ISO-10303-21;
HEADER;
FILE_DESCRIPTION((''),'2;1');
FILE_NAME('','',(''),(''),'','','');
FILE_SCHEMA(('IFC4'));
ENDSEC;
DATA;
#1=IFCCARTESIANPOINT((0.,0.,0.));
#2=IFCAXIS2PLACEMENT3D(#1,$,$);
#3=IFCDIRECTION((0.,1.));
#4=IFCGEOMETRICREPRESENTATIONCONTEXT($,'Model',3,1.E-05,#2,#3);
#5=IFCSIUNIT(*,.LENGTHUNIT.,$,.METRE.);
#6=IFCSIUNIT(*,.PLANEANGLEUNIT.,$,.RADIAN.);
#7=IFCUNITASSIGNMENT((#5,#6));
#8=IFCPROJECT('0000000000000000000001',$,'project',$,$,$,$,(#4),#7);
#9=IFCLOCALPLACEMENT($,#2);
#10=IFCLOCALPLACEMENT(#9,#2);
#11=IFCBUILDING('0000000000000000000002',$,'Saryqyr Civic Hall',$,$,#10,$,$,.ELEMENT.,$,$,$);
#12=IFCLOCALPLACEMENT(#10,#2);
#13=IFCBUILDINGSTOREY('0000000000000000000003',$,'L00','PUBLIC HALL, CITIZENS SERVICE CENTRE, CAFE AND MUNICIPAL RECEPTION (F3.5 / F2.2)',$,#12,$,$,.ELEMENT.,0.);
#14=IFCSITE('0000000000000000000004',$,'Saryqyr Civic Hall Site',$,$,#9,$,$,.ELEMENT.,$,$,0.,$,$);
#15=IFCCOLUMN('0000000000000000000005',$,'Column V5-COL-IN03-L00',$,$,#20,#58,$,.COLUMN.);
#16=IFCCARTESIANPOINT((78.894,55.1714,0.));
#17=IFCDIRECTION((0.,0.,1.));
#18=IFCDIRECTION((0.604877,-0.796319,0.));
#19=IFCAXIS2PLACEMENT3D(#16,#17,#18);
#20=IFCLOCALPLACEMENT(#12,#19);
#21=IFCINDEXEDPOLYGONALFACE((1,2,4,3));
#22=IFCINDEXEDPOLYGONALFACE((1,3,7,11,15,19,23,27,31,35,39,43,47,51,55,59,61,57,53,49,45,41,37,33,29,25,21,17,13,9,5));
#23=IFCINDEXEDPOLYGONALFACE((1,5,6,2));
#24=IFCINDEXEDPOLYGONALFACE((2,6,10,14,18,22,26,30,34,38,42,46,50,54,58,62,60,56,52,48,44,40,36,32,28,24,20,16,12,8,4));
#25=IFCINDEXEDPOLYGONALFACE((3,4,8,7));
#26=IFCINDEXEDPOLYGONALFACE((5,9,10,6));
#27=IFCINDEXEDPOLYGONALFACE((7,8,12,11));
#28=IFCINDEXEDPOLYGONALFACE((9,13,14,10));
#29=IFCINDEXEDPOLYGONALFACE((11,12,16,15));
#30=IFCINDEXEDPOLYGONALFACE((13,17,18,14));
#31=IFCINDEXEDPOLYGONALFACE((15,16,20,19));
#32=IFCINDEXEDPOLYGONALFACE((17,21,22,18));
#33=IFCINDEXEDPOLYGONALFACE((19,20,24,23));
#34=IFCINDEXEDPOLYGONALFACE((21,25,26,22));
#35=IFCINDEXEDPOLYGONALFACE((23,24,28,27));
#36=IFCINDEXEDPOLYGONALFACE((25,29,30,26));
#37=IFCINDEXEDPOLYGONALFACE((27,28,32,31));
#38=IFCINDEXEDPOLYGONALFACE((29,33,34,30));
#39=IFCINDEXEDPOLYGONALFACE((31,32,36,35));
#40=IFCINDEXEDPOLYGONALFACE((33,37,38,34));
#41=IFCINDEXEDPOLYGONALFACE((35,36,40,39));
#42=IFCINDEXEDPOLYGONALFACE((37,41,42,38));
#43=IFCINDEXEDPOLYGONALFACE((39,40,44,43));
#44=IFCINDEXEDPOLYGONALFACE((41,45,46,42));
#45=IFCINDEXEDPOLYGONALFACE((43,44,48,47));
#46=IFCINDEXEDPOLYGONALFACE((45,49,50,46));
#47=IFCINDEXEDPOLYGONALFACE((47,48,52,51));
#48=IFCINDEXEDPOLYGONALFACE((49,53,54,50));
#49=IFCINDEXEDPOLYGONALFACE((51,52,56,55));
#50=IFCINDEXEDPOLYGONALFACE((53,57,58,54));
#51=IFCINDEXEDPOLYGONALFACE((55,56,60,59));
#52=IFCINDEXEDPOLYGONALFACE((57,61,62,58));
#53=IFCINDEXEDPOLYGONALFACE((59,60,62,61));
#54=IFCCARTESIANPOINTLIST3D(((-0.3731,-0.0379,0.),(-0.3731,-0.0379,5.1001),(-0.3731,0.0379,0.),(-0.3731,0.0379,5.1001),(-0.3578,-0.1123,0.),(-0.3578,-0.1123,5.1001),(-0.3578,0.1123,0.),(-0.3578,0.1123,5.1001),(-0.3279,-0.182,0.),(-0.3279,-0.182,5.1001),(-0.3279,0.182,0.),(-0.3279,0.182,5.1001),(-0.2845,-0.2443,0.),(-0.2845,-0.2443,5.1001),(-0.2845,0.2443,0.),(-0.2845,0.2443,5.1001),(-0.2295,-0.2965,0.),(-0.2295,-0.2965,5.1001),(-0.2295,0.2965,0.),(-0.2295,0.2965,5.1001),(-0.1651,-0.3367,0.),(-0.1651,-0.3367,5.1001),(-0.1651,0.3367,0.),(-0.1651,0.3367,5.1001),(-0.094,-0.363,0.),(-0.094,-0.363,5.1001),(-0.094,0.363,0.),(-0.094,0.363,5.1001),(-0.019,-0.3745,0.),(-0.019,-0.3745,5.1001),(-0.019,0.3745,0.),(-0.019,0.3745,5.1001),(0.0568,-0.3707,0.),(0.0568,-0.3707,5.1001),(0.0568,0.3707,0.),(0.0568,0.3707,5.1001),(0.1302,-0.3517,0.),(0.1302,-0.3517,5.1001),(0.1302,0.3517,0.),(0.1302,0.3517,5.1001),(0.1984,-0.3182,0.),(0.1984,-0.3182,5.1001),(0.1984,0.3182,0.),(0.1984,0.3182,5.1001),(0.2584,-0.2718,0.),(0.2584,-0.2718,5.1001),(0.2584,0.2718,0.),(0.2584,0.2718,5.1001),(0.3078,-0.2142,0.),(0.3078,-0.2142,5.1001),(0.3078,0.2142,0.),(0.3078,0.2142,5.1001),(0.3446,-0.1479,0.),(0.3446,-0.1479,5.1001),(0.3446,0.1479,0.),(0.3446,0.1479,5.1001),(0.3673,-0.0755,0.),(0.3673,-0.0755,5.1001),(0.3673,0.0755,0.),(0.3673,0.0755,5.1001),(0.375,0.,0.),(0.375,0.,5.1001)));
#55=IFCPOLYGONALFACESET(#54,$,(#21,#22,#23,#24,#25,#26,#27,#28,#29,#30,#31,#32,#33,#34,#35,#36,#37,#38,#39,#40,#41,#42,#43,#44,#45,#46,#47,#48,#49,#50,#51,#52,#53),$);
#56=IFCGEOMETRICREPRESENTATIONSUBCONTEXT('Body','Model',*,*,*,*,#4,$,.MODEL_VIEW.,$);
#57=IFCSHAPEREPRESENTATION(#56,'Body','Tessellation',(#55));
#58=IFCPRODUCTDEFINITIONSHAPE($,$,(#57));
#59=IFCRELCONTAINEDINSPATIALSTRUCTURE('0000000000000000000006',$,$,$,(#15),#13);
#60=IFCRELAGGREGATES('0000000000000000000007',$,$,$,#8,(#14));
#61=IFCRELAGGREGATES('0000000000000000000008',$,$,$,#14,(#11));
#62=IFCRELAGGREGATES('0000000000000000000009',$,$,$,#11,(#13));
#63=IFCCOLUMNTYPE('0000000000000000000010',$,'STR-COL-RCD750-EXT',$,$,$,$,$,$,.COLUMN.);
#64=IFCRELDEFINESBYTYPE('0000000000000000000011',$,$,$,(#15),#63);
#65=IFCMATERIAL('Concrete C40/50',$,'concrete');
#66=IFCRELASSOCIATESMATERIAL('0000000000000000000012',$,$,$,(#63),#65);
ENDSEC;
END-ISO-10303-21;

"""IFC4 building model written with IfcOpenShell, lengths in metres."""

from ifc_helpers import new_model, si_unit, direction, frame, origin, origin_2d, place, context, subcontext, project, spatial, circle, extrude, material, material_profile, profile_set, type_object, element, save


model = new_model("IFC4")

# Units and contexts
model_context = context("Model", 3, precision=1e-05, world=origin(), true_north=direction((0.0, 1.0)))
body_context = subcontext(model_context, "Body", "Model", "MODEL_VIEW")
ifc_project = project(units=[si_unit("LENGTHUNIT", "METRE"), si_unit("PLANEANGLEUNIT", "RADIAN")], contexts=[model_context])

# Site, building, storey
site_placement = place(None, origin())
site = spatial("IfcSite", under=ifc_project, at=site_placement, Name="Saryqyr Civic Hall Site", CompositionType="ELEMENT", RefElevation=0.0)
building_placement = place(site_placement, origin())
building = spatial("IfcBuilding", under=site, at=building_placement, Name="Saryqyr Civic Hall", CompositionType="ELEMENT")
storey_placement = place(building_placement, origin())
storey = spatial("IfcBuildingStorey", under=building, at=storey_placement, Name="L00", Description="PUBLIC HALL, CITIZENS SERVICE CENTRE, CAFE AND MUNICIPAL RECEPTION (F3.5 / F2.2)", CompositionType="ELEMENT", Elevation=0.0)

# Column
ifc_material_1 = material(Name="Concrete C40/50", Category="concrete")
ifc_material_profile_1 = material_profile(ifc_material_1, circle(Radius=0.375, at=origin_2d()), Name="RC D750")
ifc_profile_set_1 = profile_set([ifc_material_profile_1], Name="Concrete C40/50")
column_type = type_object("IfcColumnType", Name="STR-COL-RCD750-EXT", PredefinedType="COLUMN", material=ifc_profile_set_1)
for number, where, z_axis, x_axis, name in (
    (1, (78.894, 55.1714, 0.0), (0.0, 0.0, 1.0), (0.604877, -0.796319, 0.0), "Column V5-COL-IN03-L00"),
):
    element("IfcColumn", number, at=place(storey_placement, frame(where, z_axis=z_axis, x_axis=x_axis)), inside=storey, type_object=column_type, Name=name, PredefinedType="COLUMN", context=body_context, shape_type="SweptSolid", body=[
        extrude(circle(Radius=0.375, at=origin_2d()), origin(), (0.0, 0.0, 1.0), 5.1001),
    ])

save(model, "model.ifc")
